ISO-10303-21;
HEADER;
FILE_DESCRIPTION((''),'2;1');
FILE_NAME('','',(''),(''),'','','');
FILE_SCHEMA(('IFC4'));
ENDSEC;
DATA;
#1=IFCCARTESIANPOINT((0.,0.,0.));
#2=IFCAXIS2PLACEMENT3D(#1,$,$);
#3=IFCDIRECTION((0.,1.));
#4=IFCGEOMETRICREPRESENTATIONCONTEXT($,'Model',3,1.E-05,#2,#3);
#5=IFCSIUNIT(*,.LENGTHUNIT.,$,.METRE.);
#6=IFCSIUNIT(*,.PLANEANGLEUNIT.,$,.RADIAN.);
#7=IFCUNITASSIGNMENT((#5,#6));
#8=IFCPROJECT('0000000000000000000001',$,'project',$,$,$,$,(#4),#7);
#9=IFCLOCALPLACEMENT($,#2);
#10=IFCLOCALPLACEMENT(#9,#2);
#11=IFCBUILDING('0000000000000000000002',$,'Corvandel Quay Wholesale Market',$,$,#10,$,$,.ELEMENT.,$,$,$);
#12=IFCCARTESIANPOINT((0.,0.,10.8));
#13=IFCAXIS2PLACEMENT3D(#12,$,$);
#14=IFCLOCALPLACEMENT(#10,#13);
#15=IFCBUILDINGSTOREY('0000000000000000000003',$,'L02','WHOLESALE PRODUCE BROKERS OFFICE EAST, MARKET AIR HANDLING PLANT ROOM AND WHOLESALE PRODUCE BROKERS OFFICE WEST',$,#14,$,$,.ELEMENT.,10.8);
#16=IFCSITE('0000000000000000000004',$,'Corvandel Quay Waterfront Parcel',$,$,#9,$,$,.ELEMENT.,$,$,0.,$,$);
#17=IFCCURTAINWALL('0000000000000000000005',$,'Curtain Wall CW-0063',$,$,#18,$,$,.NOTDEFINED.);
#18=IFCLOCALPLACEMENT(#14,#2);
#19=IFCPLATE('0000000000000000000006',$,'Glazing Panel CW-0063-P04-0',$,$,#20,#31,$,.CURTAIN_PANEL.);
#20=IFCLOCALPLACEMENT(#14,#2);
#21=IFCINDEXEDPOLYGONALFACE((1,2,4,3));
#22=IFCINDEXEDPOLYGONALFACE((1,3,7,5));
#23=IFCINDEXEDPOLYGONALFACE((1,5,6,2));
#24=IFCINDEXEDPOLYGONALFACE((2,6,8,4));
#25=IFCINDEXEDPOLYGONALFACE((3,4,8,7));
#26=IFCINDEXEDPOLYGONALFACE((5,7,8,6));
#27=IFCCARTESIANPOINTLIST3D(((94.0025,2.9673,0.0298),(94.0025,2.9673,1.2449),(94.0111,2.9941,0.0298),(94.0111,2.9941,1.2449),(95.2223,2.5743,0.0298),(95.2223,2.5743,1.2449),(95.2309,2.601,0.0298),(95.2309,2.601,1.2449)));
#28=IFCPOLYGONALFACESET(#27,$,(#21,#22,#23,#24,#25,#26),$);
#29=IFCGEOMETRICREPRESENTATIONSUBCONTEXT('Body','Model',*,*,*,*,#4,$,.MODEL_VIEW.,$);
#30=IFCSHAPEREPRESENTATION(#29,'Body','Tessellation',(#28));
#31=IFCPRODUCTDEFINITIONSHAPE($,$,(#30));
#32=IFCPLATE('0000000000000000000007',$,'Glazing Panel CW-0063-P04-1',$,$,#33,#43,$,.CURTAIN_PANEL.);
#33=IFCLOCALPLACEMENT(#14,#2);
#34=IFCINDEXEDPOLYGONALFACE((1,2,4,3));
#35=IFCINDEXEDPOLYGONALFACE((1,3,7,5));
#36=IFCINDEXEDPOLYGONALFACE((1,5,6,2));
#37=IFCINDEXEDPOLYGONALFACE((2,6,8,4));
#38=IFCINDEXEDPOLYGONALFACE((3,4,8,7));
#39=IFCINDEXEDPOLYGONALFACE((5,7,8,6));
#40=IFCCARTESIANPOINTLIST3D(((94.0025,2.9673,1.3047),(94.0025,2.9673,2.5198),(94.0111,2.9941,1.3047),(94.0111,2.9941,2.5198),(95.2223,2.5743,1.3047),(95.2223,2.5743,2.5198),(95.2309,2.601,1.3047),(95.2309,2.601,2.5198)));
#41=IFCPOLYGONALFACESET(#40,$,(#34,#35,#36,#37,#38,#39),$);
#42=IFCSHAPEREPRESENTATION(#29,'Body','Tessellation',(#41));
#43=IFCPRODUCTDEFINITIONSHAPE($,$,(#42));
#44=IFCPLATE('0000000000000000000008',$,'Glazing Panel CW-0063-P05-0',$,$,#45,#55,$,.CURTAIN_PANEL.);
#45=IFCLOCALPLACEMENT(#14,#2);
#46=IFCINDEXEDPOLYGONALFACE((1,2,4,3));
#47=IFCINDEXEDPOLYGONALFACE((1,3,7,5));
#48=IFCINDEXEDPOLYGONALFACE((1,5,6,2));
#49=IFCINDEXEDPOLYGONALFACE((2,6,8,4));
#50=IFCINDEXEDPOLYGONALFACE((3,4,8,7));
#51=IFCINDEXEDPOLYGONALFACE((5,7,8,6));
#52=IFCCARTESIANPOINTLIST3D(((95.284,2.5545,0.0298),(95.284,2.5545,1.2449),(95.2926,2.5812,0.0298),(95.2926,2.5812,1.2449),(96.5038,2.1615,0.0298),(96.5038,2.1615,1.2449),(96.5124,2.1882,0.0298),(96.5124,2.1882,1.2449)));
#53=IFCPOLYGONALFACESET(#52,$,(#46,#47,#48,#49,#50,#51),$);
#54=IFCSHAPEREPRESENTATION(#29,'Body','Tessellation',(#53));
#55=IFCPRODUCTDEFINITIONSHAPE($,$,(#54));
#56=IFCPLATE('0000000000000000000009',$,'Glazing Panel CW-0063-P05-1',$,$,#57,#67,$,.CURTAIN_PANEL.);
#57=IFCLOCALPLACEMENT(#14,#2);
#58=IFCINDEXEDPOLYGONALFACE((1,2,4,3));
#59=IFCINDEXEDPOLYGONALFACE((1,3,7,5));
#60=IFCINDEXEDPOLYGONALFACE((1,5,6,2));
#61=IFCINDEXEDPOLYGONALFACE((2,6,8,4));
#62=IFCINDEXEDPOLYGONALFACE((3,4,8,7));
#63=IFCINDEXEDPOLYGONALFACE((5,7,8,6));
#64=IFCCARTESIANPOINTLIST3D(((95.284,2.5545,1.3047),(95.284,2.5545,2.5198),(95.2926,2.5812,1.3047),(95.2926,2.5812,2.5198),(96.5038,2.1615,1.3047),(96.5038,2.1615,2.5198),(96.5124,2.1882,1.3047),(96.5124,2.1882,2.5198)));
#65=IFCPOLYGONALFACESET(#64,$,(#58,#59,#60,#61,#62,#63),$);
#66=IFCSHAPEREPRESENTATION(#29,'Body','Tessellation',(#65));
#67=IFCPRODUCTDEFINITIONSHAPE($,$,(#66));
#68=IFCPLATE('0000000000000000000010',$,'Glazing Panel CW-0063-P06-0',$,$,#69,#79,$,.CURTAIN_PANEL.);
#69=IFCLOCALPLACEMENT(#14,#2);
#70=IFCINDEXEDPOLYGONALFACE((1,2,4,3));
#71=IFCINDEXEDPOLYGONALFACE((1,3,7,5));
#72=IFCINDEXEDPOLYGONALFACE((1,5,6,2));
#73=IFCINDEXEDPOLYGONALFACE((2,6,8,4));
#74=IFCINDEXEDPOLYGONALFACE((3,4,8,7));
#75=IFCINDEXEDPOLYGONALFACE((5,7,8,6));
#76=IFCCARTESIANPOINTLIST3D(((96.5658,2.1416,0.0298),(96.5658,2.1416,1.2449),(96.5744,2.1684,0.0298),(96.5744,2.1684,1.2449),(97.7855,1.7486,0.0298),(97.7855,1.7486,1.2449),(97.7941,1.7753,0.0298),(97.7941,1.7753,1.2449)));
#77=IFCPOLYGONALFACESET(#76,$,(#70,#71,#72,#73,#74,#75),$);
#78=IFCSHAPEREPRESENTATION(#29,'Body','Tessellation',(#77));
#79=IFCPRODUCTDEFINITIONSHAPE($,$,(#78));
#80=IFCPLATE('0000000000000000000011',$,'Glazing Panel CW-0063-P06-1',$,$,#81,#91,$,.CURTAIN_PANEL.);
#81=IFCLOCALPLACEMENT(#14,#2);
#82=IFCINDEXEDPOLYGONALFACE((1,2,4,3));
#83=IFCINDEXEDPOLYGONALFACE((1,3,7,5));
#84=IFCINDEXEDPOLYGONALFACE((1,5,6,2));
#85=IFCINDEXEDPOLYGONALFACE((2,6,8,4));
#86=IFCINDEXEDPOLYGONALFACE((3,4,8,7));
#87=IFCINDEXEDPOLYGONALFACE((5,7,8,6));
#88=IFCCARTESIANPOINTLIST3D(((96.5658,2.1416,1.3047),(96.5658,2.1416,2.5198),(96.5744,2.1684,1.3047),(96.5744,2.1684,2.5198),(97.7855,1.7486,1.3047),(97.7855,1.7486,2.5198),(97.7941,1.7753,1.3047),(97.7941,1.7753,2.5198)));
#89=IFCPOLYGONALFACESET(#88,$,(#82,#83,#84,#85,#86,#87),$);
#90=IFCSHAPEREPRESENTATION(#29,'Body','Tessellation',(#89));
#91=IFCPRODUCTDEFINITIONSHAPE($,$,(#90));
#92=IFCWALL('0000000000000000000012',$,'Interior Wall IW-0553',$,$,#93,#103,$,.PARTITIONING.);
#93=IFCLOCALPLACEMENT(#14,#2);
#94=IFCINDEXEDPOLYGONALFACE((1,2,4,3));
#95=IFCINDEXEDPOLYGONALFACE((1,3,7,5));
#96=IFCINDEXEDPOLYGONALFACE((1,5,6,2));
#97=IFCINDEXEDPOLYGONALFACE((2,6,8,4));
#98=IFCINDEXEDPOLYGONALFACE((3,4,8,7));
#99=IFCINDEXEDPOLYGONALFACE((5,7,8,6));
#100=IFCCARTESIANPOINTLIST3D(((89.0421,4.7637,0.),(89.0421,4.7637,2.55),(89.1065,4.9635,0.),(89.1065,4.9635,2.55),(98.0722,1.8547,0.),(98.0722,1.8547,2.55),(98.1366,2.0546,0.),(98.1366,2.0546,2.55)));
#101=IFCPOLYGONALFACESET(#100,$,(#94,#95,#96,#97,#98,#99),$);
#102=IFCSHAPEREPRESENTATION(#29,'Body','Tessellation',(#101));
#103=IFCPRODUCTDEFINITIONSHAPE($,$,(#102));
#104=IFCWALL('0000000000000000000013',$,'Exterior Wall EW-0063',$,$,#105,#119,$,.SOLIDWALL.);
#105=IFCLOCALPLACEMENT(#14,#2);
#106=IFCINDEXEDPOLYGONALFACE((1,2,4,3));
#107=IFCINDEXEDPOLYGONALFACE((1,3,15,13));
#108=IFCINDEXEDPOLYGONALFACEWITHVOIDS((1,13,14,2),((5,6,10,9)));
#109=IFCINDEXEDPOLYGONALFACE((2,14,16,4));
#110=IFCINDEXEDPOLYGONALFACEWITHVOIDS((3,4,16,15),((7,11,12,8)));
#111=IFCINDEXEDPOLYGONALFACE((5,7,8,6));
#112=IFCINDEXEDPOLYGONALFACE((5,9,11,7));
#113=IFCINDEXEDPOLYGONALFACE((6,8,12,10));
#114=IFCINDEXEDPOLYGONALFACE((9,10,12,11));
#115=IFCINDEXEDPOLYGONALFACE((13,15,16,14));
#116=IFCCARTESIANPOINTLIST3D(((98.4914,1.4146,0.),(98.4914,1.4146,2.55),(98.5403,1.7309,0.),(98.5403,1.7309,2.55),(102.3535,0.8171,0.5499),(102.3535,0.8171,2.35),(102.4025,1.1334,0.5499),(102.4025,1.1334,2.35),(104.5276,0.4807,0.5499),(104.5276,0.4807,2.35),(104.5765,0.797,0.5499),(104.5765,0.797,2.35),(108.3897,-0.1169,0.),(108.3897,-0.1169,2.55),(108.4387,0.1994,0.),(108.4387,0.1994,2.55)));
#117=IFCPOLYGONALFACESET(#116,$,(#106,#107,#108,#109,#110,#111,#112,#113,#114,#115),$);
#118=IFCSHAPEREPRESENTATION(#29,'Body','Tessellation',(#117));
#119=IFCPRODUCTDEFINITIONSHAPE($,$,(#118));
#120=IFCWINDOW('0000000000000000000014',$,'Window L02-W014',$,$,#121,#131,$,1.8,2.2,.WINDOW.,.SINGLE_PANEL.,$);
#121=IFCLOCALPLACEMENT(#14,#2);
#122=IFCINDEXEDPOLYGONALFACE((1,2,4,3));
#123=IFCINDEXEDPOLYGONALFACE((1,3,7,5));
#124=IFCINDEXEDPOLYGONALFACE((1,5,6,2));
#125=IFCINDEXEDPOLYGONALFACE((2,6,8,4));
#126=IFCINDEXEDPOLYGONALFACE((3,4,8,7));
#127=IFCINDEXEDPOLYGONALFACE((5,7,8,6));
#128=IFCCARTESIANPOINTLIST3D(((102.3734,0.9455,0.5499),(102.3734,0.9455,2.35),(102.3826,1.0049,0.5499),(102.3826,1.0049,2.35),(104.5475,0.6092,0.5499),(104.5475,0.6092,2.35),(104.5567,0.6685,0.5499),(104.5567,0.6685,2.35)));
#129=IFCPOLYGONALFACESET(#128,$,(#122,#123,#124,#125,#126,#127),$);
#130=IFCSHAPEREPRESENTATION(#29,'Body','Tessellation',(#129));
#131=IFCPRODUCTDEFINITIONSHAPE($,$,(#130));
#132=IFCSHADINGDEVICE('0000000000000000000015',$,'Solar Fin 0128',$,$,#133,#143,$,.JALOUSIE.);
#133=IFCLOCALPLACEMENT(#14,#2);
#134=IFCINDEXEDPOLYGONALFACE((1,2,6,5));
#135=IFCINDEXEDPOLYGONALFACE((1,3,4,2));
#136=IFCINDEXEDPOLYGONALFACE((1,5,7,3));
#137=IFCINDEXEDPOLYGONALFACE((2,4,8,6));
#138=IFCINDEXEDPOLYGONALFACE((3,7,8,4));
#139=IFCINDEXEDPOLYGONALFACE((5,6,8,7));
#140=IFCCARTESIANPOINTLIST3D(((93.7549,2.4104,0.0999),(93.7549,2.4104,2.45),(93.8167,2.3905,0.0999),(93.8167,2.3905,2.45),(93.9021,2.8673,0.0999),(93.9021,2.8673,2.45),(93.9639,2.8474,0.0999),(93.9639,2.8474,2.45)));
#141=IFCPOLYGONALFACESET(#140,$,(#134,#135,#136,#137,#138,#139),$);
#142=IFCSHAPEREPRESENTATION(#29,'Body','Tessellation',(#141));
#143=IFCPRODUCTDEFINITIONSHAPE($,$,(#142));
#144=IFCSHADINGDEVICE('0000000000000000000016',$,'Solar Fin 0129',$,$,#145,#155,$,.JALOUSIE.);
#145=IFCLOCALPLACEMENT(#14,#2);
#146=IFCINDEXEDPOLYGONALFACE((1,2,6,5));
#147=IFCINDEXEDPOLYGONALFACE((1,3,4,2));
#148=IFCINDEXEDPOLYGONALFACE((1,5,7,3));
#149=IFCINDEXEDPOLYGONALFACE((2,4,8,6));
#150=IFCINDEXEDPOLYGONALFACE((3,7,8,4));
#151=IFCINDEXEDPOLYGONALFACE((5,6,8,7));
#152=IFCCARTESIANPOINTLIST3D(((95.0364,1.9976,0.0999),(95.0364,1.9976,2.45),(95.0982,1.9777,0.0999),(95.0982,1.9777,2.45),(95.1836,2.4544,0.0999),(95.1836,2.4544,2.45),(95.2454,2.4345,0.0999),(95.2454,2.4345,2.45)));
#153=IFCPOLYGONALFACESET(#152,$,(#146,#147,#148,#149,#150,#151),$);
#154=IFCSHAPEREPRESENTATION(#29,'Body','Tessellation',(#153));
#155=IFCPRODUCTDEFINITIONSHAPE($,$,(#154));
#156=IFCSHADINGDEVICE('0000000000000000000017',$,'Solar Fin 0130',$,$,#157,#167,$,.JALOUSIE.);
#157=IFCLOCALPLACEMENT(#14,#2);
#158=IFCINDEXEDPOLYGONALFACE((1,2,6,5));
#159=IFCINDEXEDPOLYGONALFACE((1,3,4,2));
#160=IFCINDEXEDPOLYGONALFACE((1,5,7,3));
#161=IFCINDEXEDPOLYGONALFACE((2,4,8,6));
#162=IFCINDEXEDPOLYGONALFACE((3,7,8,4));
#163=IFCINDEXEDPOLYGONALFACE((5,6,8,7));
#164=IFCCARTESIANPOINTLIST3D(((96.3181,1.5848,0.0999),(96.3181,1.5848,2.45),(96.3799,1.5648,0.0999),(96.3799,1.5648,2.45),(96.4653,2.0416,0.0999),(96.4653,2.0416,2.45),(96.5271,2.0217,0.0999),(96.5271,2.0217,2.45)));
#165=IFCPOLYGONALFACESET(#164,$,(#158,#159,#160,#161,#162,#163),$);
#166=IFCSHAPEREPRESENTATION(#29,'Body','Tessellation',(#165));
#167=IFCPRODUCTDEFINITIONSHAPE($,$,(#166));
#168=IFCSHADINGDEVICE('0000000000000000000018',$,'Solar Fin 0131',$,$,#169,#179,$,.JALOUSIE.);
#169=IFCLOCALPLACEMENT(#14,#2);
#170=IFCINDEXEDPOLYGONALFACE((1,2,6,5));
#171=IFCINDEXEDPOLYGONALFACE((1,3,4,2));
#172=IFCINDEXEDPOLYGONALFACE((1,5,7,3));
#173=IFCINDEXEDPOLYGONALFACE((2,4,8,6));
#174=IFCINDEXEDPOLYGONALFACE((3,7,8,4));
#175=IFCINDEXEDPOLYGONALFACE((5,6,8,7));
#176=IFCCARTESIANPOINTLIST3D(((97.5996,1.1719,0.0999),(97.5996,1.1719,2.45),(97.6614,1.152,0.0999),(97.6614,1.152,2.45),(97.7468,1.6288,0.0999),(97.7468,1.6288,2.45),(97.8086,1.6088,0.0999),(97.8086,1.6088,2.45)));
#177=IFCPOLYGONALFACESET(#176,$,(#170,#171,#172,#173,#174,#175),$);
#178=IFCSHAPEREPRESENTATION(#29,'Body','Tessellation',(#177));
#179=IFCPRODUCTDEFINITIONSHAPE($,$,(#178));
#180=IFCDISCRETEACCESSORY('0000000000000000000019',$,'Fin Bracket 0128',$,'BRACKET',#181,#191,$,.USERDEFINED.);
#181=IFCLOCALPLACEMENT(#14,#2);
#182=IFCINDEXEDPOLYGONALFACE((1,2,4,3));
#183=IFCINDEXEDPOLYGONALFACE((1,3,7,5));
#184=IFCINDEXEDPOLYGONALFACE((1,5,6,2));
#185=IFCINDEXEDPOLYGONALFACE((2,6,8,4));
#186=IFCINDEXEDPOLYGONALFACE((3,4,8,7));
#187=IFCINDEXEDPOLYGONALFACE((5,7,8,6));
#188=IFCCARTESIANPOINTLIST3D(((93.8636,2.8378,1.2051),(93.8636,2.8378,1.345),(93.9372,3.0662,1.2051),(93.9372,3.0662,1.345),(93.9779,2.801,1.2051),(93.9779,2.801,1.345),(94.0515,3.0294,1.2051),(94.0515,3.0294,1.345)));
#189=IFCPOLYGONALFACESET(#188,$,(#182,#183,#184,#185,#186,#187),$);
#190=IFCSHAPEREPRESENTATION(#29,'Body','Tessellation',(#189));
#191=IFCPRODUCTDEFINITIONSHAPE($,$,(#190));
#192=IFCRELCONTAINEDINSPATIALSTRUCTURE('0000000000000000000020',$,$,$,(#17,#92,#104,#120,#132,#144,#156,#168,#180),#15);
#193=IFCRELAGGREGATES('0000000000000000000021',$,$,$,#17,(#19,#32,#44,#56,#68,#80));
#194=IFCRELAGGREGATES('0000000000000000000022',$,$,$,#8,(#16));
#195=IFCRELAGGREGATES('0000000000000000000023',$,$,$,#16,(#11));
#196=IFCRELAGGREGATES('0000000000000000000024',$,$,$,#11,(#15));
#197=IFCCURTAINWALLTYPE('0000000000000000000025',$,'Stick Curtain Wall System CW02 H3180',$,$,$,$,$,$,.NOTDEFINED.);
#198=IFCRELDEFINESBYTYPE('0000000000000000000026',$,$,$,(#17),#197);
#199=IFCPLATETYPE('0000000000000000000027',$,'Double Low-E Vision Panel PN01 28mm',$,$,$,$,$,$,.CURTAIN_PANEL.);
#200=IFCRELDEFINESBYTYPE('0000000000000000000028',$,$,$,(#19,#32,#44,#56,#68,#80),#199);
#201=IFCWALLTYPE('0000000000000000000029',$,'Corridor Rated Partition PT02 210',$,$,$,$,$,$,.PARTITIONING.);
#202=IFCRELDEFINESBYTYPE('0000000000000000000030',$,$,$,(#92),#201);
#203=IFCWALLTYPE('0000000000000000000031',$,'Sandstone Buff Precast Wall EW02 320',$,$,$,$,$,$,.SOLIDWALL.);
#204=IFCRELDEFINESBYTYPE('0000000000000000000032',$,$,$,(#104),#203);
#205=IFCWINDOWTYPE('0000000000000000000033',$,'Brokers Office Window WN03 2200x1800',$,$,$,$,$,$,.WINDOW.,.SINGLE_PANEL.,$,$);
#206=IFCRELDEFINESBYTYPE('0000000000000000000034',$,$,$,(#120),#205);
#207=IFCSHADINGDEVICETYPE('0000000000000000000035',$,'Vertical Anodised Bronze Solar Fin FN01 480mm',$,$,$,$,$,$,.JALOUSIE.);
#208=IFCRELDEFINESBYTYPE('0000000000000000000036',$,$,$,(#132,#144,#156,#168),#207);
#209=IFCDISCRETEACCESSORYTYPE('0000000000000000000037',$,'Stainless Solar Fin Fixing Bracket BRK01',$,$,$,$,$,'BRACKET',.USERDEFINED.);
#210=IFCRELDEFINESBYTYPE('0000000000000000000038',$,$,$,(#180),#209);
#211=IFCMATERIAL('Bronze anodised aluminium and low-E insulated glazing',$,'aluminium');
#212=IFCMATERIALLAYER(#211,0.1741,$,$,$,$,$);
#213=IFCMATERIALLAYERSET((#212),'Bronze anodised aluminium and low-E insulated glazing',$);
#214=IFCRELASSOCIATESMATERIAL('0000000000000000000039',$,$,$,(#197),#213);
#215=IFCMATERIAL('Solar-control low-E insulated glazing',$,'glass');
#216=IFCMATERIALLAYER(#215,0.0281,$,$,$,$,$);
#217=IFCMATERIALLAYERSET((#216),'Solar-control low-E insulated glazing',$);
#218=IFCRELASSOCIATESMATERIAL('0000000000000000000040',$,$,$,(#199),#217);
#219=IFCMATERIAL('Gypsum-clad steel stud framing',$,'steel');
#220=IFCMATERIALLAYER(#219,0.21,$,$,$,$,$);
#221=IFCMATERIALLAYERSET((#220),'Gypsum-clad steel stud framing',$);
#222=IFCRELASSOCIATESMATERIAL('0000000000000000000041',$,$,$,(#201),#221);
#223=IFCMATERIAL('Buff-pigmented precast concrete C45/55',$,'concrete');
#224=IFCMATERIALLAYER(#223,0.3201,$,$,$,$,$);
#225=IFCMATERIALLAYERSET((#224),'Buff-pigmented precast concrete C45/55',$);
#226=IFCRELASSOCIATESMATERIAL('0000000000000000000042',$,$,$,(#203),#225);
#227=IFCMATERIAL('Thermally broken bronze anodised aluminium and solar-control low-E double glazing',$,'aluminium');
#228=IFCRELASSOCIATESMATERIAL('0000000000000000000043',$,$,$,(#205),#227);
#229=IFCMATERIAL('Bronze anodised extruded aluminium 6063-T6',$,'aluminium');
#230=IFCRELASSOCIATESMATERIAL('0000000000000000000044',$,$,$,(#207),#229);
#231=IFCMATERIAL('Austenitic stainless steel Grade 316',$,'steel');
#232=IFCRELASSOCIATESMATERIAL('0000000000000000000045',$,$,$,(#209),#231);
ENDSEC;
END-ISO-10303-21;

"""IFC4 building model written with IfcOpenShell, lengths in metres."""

from ifc_helpers import new_model, si_unit, direction, frame, frame_2d, origin, origin_2d, place, context, subcontext, project, spatial, rectangle, extrude, material, layer, layer_set, type_object, element, fill, aggregate, save


model = new_model("IFC4")

# Units and contexts
model_context = context("Model", 3, precision=1e-05, world=origin(), true_north=direction((0.0, 1.0)))
body_context = subcontext(model_context, "Body", "Model", "MODEL_VIEW")
ifc_project = project(units=[si_unit("LENGTHUNIT", "METRE"), si_unit("PLANEANGLEUNIT", "RADIAN")], contexts=[model_context])

# Site, building, storey
site_placement = place(None, origin())
site = spatial("IfcSite", under=ifc_project, at=site_placement, Name="Corvandel Quay Waterfront Parcel", CompositionType="ELEMENT", RefElevation=0.0)
building_placement = place(site_placement, origin())
building = spatial("IfcBuilding", under=site, at=building_placement, Name="Corvandel Quay Wholesale Market", CompositionType="ELEMENT")
storey_placement = place(building_placement, frame((0.0, 0.0, 10.8)))
storey = spatial("IfcBuildingStorey", under=building, at=storey_placement, Name="L02", Description="WHOLESALE PRODUCE BROKERS OFFICE EAST, MARKET AIR HANDLING PLANT ROOM AND WHOLESALE PRODUCE BROKERS OFFICE WEST", CompositionType="ELEMENT", Elevation=10.8)

# Curtain wall
ifc_material_1 = material(Name="Bronze anodised aluminium and low-E insulated glazing", Category="aluminium")
ifc_layer_1 = layer(ifc_material_1, 0.1741)
ifc_layer_set_1 = layer_set([ifc_layer_1], Name="Bronze anodised aluminium and low-E insulated glazing")
curtain_wall_type = type_object("IfcCurtainWallType", Name="Stick Curtain Wall System CW02 H3180", PredefinedType="NOTDEFINED", material=ifc_layer_set_1)
curtain_wall_placement = place(storey_placement, origin())
curtain_wall = element("IfcCurtainWall", 1, at=curtain_wall_placement, inside=storey, type_object=curtain_wall_type, Name="Curtain Wall CW-0063", PredefinedType="NOTDEFINED")

# Plates
ifc_material_2 = material(Name="Solar-control low-E insulated glazing", Category="glass")
ifc_layer_2 = layer(ifc_material_2, 0.0281)
ifc_layer_set_2 = layer_set([ifc_layer_2], Name="Solar-control low-E insulated glazing")
plate_type = type_object("IfcPlateType", Name="Double Low-E Vision Panel PN01 28mm", PredefinedType="CURTAIN_PANEL", material=ifc_layer_set_2)
plate_1_placement = place(storey_placement, frame((94.6167, 2.7842, 0.0298), z_axis=(0.0, 0.0, 1.0), x_axis=(-0.951809, 0.306692, 0.0)))
plate_1 = element("IfcPlate", 2, at=plate_1_placement, type_object=plate_type, Name="Glazing Panel CW-0063-P04-0", PredefinedType="CURTAIN_PANEL", context=body_context, shape_type="SweptSolid", body=[
    extrude(rectangle(XDim=1.2815, YDim=0.0281, at=origin_2d()), origin(), (0.0, 0.0, 1.0), 1.2151),
])
plate_2_placement = place(storey_placement, frame((94.6167, 2.7842, 1.3047), z_axis=(0.0, 0.0, 1.0), x_axis=(-0.951809, 0.306692, 0.0)))
plate_2 = element("IfcPlate", 3, at=plate_2_placement, type_object=plate_type, Name="Glazing Panel CW-0063-P04-1", PredefinedType="CURTAIN_PANEL", context=body_context, shape_type="SweptSolid", body=[
    extrude(rectangle(XDim=1.2815, YDim=0.0281, at=origin_2d()), origin(), (0.0, 0.0, 1.0), 1.2151),
])
plate_3_placement = place(storey_placement, frame((95.8982, 2.3713, 0.0298), z_axis=(0.0, 0.0, 1.0), x_axis=(-0.951809, 0.306692, 0.0)))
plate_3 = element("IfcPlate", 4, at=plate_3_placement, type_object=plate_type, Name="Glazing Panel CW-0063-P05-0", PredefinedType="CURTAIN_PANEL", context=body_context, shape_type="SweptSolid", body=[
    extrude(rectangle(XDim=1.2815, YDim=0.0281, at=origin_2d()), origin(), (0.0, 0.0, 1.0), 1.2151),
])
plate_4_placement = place(storey_placement, frame((95.8982, 2.3713, 1.3047), z_axis=(0.0, 0.0, 1.0), x_axis=(-0.951809, 0.306692, 0.0)))
plate_4 = element("IfcPlate", 5, at=plate_4_placement, type_object=plate_type, Name="Glazing Panel CW-0063-P05-1", PredefinedType="CURTAIN_PANEL", context=body_context, shape_type="SweptSolid", body=[
    extrude(rectangle(XDim=1.2815, YDim=0.0281, at=origin_2d()), origin(), (0.0, 0.0, 1.0), 1.2151),
])
plate_5_placement = place(storey_placement, frame((97.1799, 1.9585, 0.0298), z_axis=(0.0, 0.0, 1.0), x_axis=(-0.951809, 0.306692, 0.0)))
plate_5 = element("IfcPlate", 6, at=plate_5_placement, type_object=plate_type, Name="Glazing Panel CW-0063-P06-0", PredefinedType="CURTAIN_PANEL", context=body_context, shape_type="SweptSolid", body=[
    extrude(rectangle(XDim=1.2815, YDim=0.0281, at=origin_2d()), origin(), (0.0, 0.0, 1.0), 1.2151),
])
plate_6_placement = place(storey_placement, frame((97.1799, 1.9585, 1.3047), z_axis=(0.0, 0.0, 1.0), x_axis=(-0.951809, 0.306692, 0.0)))
plate_6 = element("IfcPlate", 7, at=plate_6_placement, type_object=plate_type, Name="Glazing Panel CW-0063-P06-1", PredefinedType="CURTAIN_PANEL", context=body_context, shape_type="SweptSolid", body=[
    extrude(rectangle(XDim=1.2815, YDim=0.0281, at=origin_2d()), origin(), (0.0, 0.0, 1.0), 1.2151),
])
aggregate(curtain_wall, [plate_1, plate_2, plate_3, plate_4, plate_5, plate_6])

# Wall
ifc_material_3 = material(Name="Gypsum-clad steel stud framing", Category="steel")
ifc_layer_3 = layer(ifc_material_3, 0.21)
ifc_layer_set_3 = layer_set([ifc_layer_3], Name="Gypsum-clad steel stud framing")
wall_type_1 = type_object("IfcWallType", Name="Corridor Rated Partition PT02 210", PredefinedType="PARTITIONING", material=ifc_layer_set_3)
wall_1_placement = place(storey_placement, frame((98.1045, 1.9546, 0.0), z_axis=(0.0, 0.0, 1.0), x_axis=(-0.951831, 0.306623, 0.0)))
element("IfcWall", 8, at=wall_1_placement, inside=storey, type_object=wall_type_1, Name="Interior Wall IW-0553", PredefinedType="PARTITIONING", context=body_context, shape_type="SweptSolid", body=[
    extrude(rectangle(XDim=9.4871, YDim=0.21, at=frame_2d((4.7437, 0.0))), origin(), (0.0, 0.0, 1.0), 2.55),
])

# Wall, opening, window
ifc_material_4 = material(Name="Buff-pigmented precast concrete C45/55", Category="concrete")
ifc_layer_4 = layer(ifc_material_4, 0.3201)
ifc_layer_set_4 = layer_set([ifc_layer_4], Name="Buff-pigmented precast concrete C45/55")
wall_type_2 = type_object("IfcWallType", Name="Sandstone Buff Precast Wall EW02 320", PredefinedType="SOLIDWALL", material=ifc_layer_set_4)
wall_2_placement = place(storey_placement, frame((98.5159, 1.5728, 0.0), z_axis=(0.0, 0.0, 1.0), x_axis=(0.988241, -0.152902, 0.0)))
wall_2 = element("IfcWall", 9, at=wall_2_placement, inside=storey, type_object=wall_type_2, Name="Exterior Wall EW-0063", PredefinedType="SOLIDWALL", context=body_context, shape_type="SweptSolid", body=[
    extrude(rectangle(XDim=10.0161, YDim=0.3201, at=frame_2d((5.0081, 0.0))), origin(), (0.0, 0.0, 1.0), 2.55),
])
opening_placement = place(wall_2_placement, frame((3.908, 0.0, 0.55)))
opening = element("IfcOpeningElement", 10, at=opening_placement, cuts=wall_2, PredefinedType="OPENING", context=body_context, shape_type="SweptSolid", body=[
    extrude(rectangle(XDim=2.2, YDim=1.8, at=frame_2d((1.1001, 0.8999))), frame((0.0, 0.1699, 0.0), z_axis=(0.0, -1.0, 0.0), x_axis=(1.0, 0.0, 0.0)), (0.0, 0.0, 1.0), 0.3401),
])
ifc_material_5 = material(Name="Thermally broken bronze anodised aluminium and solar-control low-E double glazing", Category="aluminium")
window_type = type_object("IfcWindowType", Name="Brokers Office Window WN03 2200x1800", PartitioningType="SINGLE_PANEL", PredefinedType="WINDOW", material=ifc_material_5)
window_placement = place(opening_placement, origin())
window = element("IfcWindow", 11, at=window_placement, inside=storey, type_object=window_type, Name="Window L02-W014", OverallHeight=1.8, OverallWidth=2.2, PartitioningType="SINGLE_PANEL", PredefinedType="WINDOW", context=body_context, shape_type="SweptSolid", body=[
    extrude(rectangle(XDim=2.2, YDim=1.8, at=frame_2d((1.1001, 0.8999))), frame((0.0, 0.03, 0.0), z_axis=(0.0, -1.0, 0.0), x_axis=(1.0, 0.0, 0.0)), (0.0, 0.0, 1.0), 0.0601),
])
fill(opening, window)

# Shading devices
ifc_material_6 = material(Name="Bronze anodised extruded aluminium 6063-T6", Category="aluminium")
shading_device_type = type_object("IfcShadingDeviceType", Name="Vertical Anodised Bronze Solar Fin FN01 480mm", PredefinedType="JALOUSIE", material=ifc_material_6)
for number, where, z_axis, x_axis, name in (
    (12, (93.8594, 2.6289, 0.0999), (0.0, 0.0, 1.0), (0.306692, 0.951809, 0.0), "Solar Fin 0128"),
    (13, (95.1409, 2.2161, 0.0999), (0.0, 0.0, 1.0), (0.306692, 0.951809, 0.0), "Solar Fin 0129"),
    (14, (96.4226, 1.8032, 0.0999), (0.0, 0.0, 1.0), (0.306692, 0.951809, 0.0), "Solar Fin 0130"),
    (15, (97.7041, 1.3904, 0.0999), (0.0, 0.0, 1.0), (0.306692, 0.951809, 0.0), "Solar Fin 0131"),
):
    element("IfcShadingDevice", number, at=place(storey_placement, frame(where, z_axis=z_axis, x_axis=x_axis)), inside=storey, type_object=shading_device_type, Name=name, PredefinedType="JALOUSIE", context=body_context, shape_type="SweptSolid", body=[
        extrude(rectangle(XDim=0.48, YDim=0.0649, at=origin_2d()), origin(), (0.0, 0.0, 1.0), 2.3501),
    ])

# Discrete accessory
ifc_material_7 = material(Name="Austenitic stainless steel Grade 316", Category="steel")
discrete_accessory_type = type_object("IfcDiscreteAccessoryType", Name="Stainless Solar Fin Fixing Bracket BRK01", ElementType="BRACKET", PredefinedType="USERDEFINED", material=ifc_material_7)
for number, where, z_axis, x_axis, name in (
    (16, (93.9575, 2.9336, 1.2051), (0.0, 0.0, 1.0), (0.306692, 0.951809, 0.0), "Fin Bracket 0128"),
):
    element("IfcDiscreteAccessory", number, at=place(storey_placement, frame(where, z_axis=z_axis, x_axis=x_axis)), inside=storey, type_object=discrete_accessory_type, Name=name, ObjectType="BRACKET", PredefinedType="USERDEFINED", context=body_context, shape_type="SweptSolid", body=[
        extrude(rectangle(XDim=0.24, YDim=0.1201, at=origin_2d()), origin(), (0.0, 0.0, 1.0), 0.1399),
    ])

save(model, "model.ifc")
